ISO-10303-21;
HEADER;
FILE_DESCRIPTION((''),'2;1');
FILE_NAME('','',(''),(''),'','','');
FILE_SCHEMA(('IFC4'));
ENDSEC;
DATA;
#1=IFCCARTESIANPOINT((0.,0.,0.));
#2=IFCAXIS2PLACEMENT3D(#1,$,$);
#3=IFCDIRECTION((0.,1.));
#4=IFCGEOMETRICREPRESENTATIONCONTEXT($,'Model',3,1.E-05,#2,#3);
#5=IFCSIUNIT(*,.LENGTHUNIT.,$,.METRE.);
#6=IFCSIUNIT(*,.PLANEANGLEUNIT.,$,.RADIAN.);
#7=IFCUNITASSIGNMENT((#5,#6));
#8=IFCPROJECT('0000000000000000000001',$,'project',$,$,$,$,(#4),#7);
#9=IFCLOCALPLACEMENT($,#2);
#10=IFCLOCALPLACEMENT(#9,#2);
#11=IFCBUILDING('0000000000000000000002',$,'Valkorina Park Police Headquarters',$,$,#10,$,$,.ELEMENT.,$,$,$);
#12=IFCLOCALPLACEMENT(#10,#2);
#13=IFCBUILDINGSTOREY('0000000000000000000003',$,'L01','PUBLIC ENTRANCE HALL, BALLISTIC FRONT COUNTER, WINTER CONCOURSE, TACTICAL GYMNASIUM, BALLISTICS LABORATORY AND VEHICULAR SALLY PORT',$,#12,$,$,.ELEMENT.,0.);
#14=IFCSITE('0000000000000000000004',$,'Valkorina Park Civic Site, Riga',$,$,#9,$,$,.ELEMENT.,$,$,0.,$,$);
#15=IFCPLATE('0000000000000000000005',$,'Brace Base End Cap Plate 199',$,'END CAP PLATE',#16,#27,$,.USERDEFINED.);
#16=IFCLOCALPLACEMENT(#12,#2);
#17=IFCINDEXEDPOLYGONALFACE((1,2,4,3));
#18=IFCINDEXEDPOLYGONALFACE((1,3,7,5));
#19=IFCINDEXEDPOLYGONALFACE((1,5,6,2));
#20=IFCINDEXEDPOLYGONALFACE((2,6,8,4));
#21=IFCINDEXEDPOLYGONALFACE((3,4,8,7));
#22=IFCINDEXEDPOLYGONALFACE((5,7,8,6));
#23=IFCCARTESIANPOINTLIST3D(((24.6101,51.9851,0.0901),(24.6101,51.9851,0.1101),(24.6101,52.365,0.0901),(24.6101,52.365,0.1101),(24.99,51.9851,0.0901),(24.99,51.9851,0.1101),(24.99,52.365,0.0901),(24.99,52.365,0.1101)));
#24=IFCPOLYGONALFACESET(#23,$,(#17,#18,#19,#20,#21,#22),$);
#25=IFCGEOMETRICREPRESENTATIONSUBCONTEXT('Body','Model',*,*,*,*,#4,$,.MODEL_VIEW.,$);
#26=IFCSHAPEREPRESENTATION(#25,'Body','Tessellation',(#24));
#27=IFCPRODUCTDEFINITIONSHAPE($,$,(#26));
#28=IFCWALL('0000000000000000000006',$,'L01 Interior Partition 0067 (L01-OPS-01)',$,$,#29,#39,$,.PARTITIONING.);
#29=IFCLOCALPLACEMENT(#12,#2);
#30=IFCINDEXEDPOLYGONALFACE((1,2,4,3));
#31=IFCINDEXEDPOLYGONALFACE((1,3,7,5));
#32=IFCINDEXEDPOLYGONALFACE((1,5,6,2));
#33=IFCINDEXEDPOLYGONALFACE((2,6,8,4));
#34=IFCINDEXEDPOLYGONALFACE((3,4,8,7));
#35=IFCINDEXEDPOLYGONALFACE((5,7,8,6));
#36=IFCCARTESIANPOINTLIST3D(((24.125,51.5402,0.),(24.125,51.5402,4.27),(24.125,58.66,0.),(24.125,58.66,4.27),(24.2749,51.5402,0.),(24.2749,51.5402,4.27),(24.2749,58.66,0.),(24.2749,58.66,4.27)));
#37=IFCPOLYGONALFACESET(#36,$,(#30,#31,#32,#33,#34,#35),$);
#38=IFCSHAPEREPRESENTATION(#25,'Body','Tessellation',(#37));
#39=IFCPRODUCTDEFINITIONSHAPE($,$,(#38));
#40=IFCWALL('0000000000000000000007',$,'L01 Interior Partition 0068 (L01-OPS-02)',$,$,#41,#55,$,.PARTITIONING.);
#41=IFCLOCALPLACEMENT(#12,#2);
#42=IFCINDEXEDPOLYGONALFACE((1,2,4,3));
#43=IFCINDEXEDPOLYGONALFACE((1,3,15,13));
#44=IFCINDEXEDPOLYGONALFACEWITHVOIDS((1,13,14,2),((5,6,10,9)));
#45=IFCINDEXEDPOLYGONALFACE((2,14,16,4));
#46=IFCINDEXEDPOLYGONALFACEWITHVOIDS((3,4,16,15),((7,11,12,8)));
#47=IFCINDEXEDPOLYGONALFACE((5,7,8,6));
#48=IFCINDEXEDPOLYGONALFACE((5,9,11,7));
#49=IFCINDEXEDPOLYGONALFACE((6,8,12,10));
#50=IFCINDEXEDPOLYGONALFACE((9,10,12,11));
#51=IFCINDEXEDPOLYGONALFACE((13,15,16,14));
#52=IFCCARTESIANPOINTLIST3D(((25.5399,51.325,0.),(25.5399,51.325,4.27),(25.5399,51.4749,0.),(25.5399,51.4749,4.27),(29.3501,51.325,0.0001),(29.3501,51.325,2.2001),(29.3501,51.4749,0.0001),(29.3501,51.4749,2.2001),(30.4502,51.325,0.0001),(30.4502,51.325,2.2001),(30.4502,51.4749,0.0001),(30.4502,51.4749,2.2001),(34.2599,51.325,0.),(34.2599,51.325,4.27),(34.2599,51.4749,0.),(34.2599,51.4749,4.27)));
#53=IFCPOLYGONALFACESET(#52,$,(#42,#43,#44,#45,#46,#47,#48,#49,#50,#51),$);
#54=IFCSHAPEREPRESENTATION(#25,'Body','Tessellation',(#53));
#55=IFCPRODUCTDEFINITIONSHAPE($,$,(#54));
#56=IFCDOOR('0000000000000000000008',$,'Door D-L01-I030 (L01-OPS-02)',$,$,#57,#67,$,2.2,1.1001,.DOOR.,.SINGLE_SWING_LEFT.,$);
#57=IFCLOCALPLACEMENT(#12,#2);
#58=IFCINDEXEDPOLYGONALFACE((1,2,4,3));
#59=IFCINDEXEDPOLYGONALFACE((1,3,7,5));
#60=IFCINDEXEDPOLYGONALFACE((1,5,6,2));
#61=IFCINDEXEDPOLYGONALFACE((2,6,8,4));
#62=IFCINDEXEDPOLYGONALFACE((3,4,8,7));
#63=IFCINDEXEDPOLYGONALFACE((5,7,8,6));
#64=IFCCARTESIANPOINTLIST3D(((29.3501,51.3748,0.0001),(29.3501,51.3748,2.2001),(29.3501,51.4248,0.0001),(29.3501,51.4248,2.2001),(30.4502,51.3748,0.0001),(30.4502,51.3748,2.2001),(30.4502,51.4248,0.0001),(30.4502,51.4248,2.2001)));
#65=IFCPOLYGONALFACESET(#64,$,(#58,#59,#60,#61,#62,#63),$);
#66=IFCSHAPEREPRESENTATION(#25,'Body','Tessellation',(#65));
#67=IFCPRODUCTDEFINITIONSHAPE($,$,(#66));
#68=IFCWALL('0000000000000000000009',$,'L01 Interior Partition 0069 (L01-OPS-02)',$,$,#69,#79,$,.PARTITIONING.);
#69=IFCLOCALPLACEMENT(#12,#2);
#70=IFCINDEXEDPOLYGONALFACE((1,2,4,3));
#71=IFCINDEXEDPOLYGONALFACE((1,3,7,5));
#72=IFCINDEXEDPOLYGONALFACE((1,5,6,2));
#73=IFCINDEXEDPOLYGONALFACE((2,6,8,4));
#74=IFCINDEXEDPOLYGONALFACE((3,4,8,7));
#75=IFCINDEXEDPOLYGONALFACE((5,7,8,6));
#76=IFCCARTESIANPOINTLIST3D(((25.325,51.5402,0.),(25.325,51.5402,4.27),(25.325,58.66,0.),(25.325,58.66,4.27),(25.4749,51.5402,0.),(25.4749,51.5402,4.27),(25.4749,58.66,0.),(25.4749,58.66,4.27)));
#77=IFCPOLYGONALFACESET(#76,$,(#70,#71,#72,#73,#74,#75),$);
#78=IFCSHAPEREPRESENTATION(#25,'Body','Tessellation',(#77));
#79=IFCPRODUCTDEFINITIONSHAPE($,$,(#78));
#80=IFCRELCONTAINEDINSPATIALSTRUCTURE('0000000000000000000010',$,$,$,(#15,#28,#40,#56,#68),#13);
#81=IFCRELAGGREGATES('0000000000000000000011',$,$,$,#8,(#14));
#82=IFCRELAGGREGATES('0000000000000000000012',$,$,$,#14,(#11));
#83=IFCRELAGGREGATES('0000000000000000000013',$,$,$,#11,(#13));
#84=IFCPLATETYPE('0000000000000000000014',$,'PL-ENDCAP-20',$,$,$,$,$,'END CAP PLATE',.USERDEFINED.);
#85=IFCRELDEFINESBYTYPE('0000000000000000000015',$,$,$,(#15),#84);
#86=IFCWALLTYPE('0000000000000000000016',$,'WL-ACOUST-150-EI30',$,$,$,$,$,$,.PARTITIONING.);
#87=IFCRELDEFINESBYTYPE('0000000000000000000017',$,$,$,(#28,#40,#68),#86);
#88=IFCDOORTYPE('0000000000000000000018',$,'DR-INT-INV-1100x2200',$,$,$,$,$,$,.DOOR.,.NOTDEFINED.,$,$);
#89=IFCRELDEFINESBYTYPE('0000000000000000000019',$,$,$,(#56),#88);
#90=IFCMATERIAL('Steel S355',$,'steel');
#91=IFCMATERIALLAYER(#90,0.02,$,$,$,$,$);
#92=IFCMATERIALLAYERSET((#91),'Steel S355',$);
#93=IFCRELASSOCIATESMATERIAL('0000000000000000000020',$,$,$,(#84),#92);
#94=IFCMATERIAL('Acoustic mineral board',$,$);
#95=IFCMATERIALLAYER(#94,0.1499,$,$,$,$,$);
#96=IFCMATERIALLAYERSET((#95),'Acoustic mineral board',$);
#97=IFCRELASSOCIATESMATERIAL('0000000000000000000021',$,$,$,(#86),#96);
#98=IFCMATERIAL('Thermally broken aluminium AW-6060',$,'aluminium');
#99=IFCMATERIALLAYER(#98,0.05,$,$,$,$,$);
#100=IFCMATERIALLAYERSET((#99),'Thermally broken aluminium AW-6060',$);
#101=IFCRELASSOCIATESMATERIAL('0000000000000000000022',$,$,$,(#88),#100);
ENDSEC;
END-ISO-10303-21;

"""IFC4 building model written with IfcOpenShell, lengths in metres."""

from ifc_helpers import new_model, si_unit, direction, frame, frame_2d, origin, origin_2d, place, context, subcontext, project, spatial, rectangle, extrude, material, layer, layer_set, type_object, element, fill, save


model = new_model("IFC4")

# Units and contexts
model_context = context("Model", 3, precision=1e-05, world=origin(), true_north=direction((0.0, 1.0)))
body_context = subcontext(model_context, "Body", "Model", "MODEL_VIEW")
ifc_project = project(units=[si_unit("LENGTHUNIT", "METRE"), si_unit("PLANEANGLEUNIT", "RADIAN")], contexts=[model_context])

# Site, building, storey
site_placement = place(None, origin())
site = spatial("IfcSite", under=ifc_project, at=site_placement, Name="Valkorina Park Civic Site, Riga", CompositionType="ELEMENT", RefElevation=0.0)
building_placement = place(site_placement, origin())
building = spatial("IfcBuilding", under=site, at=building_placement, Name="Valkorina Park Police Headquarters", CompositionType="ELEMENT")
storey_placement = place(building_placement, origin())
storey = spatial("IfcBuildingStorey", under=building, at=storey_placement, Name="L01", Description="PUBLIC ENTRANCE HALL, BALLISTIC FRONT COUNTER, WINTER CONCOURSE, TACTICAL GYMNASIUM, BALLISTICS LABORATORY AND VEHICULAR SALLY PORT", CompositionType="ELEMENT", Elevation=0.0)

# Shared definitions
ifc_material_1 = material(Name="Steel S355", Category="steel")

# Plate
ifc_layer_1 = layer(ifc_material_1, 0.02)
ifc_layer_set_1 = layer_set([ifc_layer_1], Name="Steel S355")
plate_type = type_object("IfcPlateType", Name="PL-ENDCAP-20", ElementType="END CAP PLATE", PredefinedType="USERDEFINED", material=ifc_layer_set_1)
plate_placement = place(storey_placement, frame((24.8, 52.175, 0.0901), z_axis=(0.0, 0.0, 1.0), x_axis=(1.0, 0.0, 0.0)))
element("IfcPlate", 1, at=plate_placement, inside=storey, type_object=plate_type, Name="Brace Base End Cap Plate 199", ObjectType="END CAP PLATE", PredefinedType="USERDEFINED", context=body_context, shape_type="SweptSolid", body=[
    extrude(rectangle(XDim=0.3799, YDim=0.3799, at=origin_2d()), origin(), (0.0, 0.0, 1.0), 0.02),
])

# Wall
ifc_material_2 = material(Name="Acoustic mineral board")
ifc_layer_2 = layer(ifc_material_2, 0.1499)
ifc_layer_set_2 = layer_set([ifc_layer_2], Name="Acoustic mineral board")
wall_type = type_object("IfcWallType", Name="WL-ACOUST-150-EI30", PredefinedType="PARTITIONING", material=ifc_layer_set_2)
wall_1_placement = place(storey_placement, frame((24.2, 51.54, 0.0), z_axis=(0.0, 0.0, 1.0), x_axis=(0.0, 1.0, 0.0)))
element("IfcWall", 2, at=wall_1_placement, inside=storey, type_object=wall_type, Name="L01 Interior Partition 0067 (L01-OPS-01)", PredefinedType="PARTITIONING", context=body_context, shape_type="SweptSolid", body=[
    extrude(rectangle(XDim=7.1199, YDim=0.1499, at=frame_2d((3.5601, 0.0))), origin(), (0.0, 0.0, 1.0), 4.27),
])

# Wall, opening, door
wall_2_placement = place(storey_placement, frame((25.54, 51.3999, 0.0), z_axis=(0.0, 0.0, 1.0), x_axis=(1.0, 0.0, 0.0)))
wall_2 = element("IfcWall", 3, at=wall_2_placement, inside=storey, type_object=wall_type, Name="L01 Interior Partition 0068 (L01-OPS-02)", PredefinedType="PARTITIONING", context=body_context, shape_type="SweptSolid", body=[
    extrude(rectangle(XDim=8.72, YDim=0.1499, at=frame_2d((4.3599, 0.0))), origin(), (0.0, 0.0, 1.0), 4.27),
])
opening_placement = place(wall_2_placement, frame((3.8101, 0.0, 0.0)))
opening = element("IfcOpeningElement", 4, at=opening_placement, cuts=wall_2, PredefinedType="OPENING", context=body_context, shape_type="SweptSolid", body=[
    extrude(rectangle(XDim=1.1001, YDim=2.2, at=frame_2d((0.55, 1.1001))), frame((0.0, 0.085, 0.0), z_axis=(0.0, -1.0, 0.0), x_axis=(1.0, 0.0, 0.0)), (0.0, 0.0, 1.0), 0.1699),
])
ifc_material_3 = material(Name="Thermally broken aluminium AW-6060", Category="aluminium")
ifc_layer_3 = layer(ifc_material_3, 0.05)
ifc_layer_set_3 = layer_set([ifc_layer_3], Name="Thermally broken aluminium AW-6060")
door_type = type_object("IfcDoorType", Name="DR-INT-INV-1100x2200", OperationType="NOTDEFINED", PredefinedType="DOOR", material=ifc_layer_set_3)
door_placement = place(opening_placement, origin())
door = element("IfcDoor", 5, at=door_placement, inside=storey, type_object=door_type, Name="Door D-L01-I030 (L01-OPS-02)", OperationType="SINGLE_SWING_LEFT", OverallHeight=2.2, OverallWidth=1.1001, PredefinedType="DOOR", context=body_context, shape_type="SweptSolid", body=[
    extrude(rectangle(XDim=1.1001, YDim=2.2, at=frame_2d((0.55, 1.1001))), frame((0.0, 0.0249, 0.0), z_axis=(0.0, -1.0, 0.0), x_axis=(1.0, 0.0, 0.0)), (0.0, 0.0, 1.0), 0.05),
])
fill(opening, door)

# Wall
wall_3_placement = place(storey_placement, frame((25.3999, 51.54, 0.0), z_axis=(0.0, 0.0, 1.0), x_axis=(0.0, 1.0, 0.0)))
element("IfcWall", 6, at=wall_3_placement, inside=storey, type_object=wall_type, Name="L01 Interior Partition 0069 (L01-OPS-02)", PredefinedType="PARTITIONING", context=body_context, shape_type="SweptSolid", body=[
    extrude(rectangle(XDim=7.1199, YDim=0.1499, at=frame_2d((3.5601, 0.0))), origin(), (0.0, 0.0, 1.0), 4.27),
])

save(model, "model.ifc")
